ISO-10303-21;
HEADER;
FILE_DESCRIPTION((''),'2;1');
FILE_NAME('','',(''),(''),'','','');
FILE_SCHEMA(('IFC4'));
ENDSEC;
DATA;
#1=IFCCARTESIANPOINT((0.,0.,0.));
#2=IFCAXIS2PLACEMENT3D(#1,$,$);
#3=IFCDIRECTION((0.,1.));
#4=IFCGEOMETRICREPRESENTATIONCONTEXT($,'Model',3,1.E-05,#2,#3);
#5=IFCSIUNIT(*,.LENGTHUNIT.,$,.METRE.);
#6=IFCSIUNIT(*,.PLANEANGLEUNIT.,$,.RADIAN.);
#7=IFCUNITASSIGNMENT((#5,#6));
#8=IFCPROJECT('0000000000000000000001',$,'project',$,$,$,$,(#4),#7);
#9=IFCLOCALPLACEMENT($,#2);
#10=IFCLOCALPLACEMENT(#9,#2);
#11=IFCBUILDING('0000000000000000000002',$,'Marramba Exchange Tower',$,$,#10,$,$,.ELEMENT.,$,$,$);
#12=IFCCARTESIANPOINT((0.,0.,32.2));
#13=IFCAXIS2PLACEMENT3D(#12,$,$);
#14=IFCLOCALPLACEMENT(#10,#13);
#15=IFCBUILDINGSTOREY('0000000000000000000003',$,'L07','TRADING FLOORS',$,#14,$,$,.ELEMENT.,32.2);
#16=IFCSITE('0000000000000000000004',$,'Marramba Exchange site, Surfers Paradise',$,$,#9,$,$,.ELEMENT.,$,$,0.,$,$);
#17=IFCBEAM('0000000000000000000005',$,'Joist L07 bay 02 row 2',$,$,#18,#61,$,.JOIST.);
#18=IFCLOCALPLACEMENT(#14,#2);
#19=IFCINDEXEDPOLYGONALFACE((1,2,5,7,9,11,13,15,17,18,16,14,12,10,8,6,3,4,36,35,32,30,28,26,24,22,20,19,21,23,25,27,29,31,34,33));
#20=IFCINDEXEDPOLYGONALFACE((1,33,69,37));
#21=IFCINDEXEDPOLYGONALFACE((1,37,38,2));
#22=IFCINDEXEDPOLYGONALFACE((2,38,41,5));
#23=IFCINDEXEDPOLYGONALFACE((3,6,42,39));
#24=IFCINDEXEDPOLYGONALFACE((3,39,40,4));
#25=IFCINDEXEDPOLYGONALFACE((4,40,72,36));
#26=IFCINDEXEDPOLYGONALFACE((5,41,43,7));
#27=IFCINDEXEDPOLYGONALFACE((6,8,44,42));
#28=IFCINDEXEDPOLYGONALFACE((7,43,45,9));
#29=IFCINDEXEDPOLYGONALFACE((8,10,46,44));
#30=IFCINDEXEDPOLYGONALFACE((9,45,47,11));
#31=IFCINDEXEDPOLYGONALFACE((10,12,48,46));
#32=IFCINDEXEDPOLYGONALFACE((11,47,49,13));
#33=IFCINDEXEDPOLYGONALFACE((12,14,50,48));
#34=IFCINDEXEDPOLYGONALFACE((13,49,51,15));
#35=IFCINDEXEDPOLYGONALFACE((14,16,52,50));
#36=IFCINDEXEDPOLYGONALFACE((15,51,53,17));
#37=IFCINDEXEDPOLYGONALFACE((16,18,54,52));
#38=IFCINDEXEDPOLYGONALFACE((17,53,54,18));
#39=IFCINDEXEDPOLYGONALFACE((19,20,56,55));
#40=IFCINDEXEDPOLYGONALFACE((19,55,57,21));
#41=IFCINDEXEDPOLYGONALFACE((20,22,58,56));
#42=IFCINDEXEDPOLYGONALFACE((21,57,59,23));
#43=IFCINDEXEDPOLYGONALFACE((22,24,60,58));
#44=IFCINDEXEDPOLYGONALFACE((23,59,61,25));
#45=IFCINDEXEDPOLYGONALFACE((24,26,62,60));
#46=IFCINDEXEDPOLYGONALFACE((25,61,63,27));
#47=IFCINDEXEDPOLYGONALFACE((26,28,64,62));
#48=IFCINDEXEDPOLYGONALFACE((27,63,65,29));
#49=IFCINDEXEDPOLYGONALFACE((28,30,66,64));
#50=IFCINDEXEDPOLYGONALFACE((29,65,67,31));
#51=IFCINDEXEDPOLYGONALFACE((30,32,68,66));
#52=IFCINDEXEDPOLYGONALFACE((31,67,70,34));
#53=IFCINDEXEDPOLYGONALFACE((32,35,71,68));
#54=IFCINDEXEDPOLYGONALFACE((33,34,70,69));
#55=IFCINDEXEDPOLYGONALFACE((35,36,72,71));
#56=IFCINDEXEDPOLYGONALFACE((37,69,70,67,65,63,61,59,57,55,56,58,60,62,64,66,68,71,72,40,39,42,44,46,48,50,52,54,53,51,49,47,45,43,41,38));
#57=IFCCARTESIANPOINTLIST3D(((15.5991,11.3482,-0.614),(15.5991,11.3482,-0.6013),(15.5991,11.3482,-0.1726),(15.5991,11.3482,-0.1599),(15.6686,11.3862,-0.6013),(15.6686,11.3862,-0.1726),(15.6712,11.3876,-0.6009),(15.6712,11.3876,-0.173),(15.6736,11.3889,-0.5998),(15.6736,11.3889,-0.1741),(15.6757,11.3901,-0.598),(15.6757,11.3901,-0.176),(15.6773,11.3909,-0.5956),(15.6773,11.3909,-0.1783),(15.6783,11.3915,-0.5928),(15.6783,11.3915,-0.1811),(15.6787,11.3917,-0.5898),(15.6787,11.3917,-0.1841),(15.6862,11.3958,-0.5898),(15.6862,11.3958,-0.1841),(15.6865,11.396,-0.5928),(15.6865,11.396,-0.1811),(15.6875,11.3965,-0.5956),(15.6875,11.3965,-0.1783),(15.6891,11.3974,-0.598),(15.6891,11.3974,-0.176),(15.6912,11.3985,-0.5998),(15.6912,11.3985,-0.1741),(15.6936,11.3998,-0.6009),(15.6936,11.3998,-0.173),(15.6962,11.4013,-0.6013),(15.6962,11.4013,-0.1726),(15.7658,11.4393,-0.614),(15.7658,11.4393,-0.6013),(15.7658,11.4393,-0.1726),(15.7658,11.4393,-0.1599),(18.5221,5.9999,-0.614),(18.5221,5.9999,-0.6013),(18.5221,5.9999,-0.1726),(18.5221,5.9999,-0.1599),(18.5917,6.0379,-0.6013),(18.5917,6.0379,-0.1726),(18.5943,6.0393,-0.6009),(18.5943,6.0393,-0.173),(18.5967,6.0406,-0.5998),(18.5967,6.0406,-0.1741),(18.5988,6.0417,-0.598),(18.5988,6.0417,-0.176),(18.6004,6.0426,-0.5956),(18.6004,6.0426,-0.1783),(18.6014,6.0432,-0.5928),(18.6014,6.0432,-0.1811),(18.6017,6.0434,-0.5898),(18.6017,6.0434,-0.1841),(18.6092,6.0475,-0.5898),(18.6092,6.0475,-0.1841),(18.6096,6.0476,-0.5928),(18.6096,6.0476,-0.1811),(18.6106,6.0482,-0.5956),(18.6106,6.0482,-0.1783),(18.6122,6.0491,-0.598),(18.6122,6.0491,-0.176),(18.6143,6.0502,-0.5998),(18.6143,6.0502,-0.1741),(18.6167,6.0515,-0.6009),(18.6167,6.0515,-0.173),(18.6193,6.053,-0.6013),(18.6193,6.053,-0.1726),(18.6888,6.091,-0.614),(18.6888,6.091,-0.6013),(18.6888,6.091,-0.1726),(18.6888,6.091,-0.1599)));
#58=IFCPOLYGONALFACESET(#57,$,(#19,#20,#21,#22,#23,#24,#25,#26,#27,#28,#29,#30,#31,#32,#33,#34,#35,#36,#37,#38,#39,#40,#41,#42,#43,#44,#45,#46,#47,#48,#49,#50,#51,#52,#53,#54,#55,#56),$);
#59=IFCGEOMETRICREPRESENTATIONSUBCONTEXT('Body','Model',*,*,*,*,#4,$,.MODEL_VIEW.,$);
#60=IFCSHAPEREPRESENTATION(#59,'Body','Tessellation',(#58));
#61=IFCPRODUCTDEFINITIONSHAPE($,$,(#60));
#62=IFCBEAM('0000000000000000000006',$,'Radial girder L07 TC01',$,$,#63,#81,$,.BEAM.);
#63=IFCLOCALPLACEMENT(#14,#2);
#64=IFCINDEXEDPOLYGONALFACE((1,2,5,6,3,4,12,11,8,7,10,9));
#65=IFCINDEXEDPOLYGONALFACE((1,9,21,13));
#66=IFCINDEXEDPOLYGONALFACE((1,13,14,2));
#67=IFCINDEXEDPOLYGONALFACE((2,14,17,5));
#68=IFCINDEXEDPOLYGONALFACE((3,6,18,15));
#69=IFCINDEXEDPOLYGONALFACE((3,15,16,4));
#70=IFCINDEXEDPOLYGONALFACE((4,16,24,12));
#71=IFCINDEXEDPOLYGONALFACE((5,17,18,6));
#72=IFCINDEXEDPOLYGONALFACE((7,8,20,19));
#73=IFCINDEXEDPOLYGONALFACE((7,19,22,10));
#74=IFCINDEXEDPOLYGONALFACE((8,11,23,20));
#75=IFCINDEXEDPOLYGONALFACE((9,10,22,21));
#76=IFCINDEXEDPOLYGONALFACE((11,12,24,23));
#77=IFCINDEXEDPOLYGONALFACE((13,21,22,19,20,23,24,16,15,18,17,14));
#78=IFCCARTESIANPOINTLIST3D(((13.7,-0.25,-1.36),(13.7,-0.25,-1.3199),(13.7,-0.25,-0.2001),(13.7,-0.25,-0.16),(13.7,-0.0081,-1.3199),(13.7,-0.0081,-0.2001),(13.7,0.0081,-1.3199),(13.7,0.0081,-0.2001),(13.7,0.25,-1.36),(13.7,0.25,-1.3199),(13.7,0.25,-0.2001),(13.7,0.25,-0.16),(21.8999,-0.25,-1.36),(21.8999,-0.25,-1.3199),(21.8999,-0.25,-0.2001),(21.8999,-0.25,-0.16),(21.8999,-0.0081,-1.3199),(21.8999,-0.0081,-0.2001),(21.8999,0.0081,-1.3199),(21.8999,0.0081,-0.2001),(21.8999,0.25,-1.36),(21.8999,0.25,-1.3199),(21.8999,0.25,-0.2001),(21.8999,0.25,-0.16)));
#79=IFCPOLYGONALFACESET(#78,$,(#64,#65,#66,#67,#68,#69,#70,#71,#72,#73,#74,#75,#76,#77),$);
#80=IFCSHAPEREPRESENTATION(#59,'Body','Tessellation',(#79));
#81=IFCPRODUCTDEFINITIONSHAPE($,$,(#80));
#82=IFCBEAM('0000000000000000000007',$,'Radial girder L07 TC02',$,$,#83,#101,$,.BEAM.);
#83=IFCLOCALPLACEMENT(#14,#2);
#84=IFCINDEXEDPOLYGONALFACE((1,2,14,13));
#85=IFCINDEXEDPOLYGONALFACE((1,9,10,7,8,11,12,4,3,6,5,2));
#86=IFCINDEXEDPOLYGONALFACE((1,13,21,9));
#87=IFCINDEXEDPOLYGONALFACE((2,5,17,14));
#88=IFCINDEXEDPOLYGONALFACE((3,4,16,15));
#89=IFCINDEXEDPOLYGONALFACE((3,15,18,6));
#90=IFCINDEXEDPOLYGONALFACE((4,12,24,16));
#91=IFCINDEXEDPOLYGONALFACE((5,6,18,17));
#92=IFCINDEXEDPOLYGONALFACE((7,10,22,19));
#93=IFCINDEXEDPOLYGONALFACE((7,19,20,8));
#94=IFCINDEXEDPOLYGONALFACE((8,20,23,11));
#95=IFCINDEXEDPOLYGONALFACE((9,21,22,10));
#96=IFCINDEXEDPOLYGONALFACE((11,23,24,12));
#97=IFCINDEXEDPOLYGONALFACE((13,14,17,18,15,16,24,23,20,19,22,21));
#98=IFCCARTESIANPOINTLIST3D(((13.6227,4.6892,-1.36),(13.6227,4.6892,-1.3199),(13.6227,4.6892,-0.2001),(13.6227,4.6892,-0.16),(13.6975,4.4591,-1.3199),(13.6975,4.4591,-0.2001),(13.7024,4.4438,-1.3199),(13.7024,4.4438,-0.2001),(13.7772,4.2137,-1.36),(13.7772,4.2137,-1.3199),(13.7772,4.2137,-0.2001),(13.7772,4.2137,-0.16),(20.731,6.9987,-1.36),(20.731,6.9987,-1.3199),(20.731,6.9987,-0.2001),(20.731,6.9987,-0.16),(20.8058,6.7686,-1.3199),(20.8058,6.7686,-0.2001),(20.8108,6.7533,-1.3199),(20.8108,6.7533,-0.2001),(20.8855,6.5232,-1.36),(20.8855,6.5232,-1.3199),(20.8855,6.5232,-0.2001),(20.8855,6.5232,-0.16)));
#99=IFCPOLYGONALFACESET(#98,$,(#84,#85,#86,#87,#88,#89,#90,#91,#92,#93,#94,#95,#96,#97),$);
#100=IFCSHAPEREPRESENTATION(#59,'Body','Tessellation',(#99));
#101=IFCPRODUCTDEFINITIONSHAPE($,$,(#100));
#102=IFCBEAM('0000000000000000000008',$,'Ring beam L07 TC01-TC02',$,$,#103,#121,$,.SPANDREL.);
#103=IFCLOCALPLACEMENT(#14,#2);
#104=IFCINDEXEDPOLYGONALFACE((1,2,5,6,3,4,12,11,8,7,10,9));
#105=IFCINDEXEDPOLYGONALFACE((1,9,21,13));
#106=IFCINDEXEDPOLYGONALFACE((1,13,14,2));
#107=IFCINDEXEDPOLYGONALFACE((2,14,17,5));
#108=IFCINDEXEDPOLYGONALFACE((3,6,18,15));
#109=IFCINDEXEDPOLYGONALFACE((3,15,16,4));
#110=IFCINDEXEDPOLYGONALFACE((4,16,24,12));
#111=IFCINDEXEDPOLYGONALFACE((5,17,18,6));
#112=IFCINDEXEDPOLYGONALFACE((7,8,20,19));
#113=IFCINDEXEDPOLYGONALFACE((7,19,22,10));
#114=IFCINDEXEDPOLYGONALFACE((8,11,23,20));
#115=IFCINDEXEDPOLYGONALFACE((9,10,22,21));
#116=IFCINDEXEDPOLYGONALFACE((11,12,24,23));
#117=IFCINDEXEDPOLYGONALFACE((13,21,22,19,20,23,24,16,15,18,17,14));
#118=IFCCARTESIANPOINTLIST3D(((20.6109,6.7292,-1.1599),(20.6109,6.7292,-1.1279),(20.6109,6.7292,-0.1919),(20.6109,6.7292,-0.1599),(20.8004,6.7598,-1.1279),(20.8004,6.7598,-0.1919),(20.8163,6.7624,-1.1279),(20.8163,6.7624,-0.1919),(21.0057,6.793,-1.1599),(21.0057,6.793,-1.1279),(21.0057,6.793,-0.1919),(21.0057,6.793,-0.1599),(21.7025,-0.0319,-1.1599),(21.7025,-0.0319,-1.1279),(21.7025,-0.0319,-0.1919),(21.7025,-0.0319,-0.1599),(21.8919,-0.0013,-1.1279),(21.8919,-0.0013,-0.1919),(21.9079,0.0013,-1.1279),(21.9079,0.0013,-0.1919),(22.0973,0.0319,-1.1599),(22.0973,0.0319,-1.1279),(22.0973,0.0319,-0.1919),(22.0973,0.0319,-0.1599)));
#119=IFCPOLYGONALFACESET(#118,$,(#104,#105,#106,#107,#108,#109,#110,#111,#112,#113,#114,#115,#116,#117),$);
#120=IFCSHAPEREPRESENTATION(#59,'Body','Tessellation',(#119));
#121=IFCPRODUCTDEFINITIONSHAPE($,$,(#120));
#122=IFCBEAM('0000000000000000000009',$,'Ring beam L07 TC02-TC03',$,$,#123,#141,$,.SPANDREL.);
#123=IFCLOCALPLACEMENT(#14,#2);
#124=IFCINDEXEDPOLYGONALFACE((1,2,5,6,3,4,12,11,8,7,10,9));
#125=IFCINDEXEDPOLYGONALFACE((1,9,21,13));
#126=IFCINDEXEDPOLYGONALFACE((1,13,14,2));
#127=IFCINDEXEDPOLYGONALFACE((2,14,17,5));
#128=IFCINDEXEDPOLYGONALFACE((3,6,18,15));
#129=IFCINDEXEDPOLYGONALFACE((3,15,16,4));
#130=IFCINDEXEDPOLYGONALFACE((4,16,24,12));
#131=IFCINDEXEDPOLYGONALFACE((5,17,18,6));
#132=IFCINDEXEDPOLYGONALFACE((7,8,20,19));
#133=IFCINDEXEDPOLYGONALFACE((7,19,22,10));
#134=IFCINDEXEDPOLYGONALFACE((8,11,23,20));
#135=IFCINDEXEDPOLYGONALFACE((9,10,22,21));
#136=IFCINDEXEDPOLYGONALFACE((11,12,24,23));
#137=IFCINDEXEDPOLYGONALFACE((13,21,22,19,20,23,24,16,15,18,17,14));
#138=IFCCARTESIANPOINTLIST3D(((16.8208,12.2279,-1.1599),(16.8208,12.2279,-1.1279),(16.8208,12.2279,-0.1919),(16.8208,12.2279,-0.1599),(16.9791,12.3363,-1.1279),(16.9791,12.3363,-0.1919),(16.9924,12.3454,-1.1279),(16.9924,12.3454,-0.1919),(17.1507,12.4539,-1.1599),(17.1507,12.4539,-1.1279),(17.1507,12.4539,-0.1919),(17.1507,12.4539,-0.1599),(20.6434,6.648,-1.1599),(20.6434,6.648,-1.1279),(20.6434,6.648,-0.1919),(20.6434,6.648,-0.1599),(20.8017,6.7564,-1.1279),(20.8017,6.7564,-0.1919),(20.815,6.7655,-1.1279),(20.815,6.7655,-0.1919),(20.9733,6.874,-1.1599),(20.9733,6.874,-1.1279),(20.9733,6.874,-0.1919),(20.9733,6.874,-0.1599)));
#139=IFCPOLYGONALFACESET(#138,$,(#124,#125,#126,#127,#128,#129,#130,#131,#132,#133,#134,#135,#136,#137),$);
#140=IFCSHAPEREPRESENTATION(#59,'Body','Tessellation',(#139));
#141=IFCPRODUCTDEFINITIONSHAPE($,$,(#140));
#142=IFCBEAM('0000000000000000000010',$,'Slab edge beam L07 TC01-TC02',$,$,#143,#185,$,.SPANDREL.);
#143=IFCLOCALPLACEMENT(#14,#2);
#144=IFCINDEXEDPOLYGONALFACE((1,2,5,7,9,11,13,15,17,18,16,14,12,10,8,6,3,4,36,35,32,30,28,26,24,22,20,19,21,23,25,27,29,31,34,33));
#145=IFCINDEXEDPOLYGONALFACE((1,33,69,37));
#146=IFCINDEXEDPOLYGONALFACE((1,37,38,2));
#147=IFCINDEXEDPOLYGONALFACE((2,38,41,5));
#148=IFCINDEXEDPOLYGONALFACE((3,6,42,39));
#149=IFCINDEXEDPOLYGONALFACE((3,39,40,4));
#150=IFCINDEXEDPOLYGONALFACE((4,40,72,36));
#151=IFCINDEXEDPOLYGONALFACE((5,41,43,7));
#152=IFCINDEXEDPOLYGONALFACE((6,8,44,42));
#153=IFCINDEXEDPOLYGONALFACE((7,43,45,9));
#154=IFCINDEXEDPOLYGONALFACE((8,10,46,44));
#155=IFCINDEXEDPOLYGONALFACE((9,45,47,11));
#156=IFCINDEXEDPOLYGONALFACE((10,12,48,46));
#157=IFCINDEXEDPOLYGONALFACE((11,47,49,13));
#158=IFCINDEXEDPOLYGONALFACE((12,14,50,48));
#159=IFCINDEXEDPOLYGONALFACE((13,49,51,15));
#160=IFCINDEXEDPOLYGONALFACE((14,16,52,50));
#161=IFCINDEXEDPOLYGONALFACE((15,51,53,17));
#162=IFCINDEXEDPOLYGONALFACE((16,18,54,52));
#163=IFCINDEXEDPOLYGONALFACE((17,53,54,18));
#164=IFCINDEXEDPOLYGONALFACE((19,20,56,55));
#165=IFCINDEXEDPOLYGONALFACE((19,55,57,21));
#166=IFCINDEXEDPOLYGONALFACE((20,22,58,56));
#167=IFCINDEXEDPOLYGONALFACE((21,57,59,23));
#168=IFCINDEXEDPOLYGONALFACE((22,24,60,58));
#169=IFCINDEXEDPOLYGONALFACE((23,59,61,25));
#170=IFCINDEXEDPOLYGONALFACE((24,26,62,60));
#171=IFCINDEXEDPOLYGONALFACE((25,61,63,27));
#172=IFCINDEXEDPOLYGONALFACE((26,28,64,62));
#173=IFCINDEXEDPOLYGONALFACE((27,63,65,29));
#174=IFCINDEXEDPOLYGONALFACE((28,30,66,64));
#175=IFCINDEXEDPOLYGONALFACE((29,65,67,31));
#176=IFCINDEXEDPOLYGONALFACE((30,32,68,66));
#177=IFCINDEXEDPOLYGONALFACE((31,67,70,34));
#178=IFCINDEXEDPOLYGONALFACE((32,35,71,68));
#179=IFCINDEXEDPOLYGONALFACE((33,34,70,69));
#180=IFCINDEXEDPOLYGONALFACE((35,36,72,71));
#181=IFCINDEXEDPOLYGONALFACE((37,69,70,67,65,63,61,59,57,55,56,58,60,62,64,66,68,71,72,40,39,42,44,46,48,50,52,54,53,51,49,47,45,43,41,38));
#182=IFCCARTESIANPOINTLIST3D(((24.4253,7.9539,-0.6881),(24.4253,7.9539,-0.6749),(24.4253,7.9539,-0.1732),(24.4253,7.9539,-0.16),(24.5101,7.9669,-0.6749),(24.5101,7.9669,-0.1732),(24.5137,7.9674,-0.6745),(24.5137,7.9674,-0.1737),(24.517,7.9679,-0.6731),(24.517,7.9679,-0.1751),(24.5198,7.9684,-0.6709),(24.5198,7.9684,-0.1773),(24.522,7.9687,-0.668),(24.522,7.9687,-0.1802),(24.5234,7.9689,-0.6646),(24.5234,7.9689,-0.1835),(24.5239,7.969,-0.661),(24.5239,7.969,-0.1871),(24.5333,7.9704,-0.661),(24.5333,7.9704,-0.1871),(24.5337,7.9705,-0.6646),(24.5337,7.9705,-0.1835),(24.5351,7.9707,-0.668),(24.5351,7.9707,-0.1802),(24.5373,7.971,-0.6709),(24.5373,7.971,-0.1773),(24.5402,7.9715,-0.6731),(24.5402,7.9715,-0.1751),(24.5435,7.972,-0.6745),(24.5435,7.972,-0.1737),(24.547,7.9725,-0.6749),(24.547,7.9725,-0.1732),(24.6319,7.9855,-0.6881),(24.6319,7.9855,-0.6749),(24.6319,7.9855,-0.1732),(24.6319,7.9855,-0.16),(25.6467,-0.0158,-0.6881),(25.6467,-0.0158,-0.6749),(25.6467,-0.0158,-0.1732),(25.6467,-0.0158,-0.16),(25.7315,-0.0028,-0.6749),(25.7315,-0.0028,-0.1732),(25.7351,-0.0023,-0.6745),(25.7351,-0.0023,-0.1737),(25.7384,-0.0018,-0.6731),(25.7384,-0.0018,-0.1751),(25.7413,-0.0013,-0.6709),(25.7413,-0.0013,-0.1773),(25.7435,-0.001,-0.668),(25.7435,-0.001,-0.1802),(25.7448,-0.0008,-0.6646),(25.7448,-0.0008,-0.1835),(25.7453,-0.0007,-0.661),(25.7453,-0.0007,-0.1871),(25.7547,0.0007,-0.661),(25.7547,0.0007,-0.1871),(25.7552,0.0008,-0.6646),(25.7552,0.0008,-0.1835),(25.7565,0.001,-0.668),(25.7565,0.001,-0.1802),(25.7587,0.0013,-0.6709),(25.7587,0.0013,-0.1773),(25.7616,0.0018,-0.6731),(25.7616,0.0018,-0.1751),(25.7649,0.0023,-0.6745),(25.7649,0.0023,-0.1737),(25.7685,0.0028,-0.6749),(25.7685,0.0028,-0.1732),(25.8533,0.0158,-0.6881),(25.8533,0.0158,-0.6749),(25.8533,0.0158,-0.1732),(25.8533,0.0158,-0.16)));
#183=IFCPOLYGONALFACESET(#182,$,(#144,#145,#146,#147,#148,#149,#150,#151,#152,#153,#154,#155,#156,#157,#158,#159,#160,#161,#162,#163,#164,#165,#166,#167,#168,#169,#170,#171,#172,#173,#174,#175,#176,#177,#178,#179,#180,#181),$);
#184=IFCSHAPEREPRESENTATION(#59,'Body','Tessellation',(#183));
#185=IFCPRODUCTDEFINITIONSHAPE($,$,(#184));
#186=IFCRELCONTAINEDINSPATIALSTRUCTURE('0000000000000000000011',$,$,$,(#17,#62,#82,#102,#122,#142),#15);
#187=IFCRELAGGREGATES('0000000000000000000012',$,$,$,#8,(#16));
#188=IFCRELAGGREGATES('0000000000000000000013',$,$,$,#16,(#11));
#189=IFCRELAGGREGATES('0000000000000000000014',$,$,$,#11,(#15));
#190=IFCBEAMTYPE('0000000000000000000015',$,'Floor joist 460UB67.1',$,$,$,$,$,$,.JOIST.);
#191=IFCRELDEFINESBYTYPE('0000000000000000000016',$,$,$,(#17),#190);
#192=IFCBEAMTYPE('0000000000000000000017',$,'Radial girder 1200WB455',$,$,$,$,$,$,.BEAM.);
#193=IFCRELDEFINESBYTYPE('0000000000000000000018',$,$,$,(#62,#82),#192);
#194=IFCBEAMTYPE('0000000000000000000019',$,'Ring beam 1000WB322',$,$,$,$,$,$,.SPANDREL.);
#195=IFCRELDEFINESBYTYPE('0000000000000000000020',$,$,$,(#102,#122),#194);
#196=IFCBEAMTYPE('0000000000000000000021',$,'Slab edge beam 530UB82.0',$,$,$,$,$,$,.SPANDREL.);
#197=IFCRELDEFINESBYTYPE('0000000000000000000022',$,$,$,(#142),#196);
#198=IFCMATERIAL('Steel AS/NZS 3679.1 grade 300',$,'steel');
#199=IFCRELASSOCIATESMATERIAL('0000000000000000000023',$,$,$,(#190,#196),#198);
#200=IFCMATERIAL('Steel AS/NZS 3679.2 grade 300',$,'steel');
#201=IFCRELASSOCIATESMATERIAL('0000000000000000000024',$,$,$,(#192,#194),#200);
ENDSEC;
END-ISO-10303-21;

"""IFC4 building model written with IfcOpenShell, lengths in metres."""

from ifc_helpers import new_model, si_unit, direction, frame, origin, origin_2d, place, context, subcontext, project, spatial, i_section, extrude, material, material_profile, profile_set, type_object, element, save


model = new_model("IFC4")

# Units and contexts
model_context = context("Model", 3, precision=1e-05, world=origin(), true_north=direction((0.0, 1.0)))
body_context = subcontext(model_context, "Body", "Model", "MODEL_VIEW")
ifc_project = project(units=[si_unit("LENGTHUNIT", "METRE"), si_unit("PLANEANGLEUNIT", "RADIAN")], contexts=[model_context])

# Site, building, storey
site_placement = place(None, origin())
site = spatial("IfcSite", under=ifc_project, at=site_placement, Name="Marramba Exchange site, Surfers Paradise", CompositionType="ELEMENT", RefElevation=0.0)
building_placement = place(site_placement, origin())
building = spatial("IfcBuilding", under=site, at=building_placement, Name="Marramba Exchange Tower", CompositionType="ELEMENT")
storey_placement = place(building_placement, frame((0.0, 0.0, 32.2)))
storey = spatial("IfcBuildingStorey", under=building, at=storey_placement, Name="L07", Description="TRADING FLOORS", CompositionType="ELEMENT", Elevation=32.2)

# Beams
ifc_material_1 = material(Name="Steel AS/NZS 3679.2 grade 300", Category="steel")
ifc_material_2 = material(Name="Steel AS/NZS 3679.1 grade 300", Category="steel")
ifc_material_profile_1 = material_profile(ifc_material_2, i_section(OverallWidth=0.1899, OverallDepth=0.4541, WebThickness=0.0085, FlangeThickness=0.0127, FilletRadius=0.0115, at=origin_2d()), Name="460UB67.1")
ifc_profile_set_1 = profile_set([ifc_material_profile_1], Name="Steel AS/NZS 3679.1 grade 300")
beam_type_1 = type_object("IfcBeamType", Name="Floor joist 460UB67.1", PredefinedType="JOIST", material=ifc_profile_set_1)
beam_1_placement = place(storey_placement, frame((18.6055, 6.0454, -0.387), z_axis=(-0.479584, 0.877496, 0.0), x_axis=(-0.877496, -0.479584, 0.0)))
element("IfcBeam", 1, at=beam_1_placement, inside=storey, type_object=beam_type_1, Name="Joist L07 bay 02 row 2", PredefinedType="JOIST", context=body_context, shape_type="SweptSolid", body=[
    extrude(i_section(OverallWidth=0.1899, OverallDepth=0.4541, WebThickness=0.0085, FlangeThickness=0.0127, FilletRadius=0.0115, at=origin_2d()), origin(), (0.0, 0.0, 1.0), 6.095),
])
ifc_material_profile_2 = material_profile(ifc_material_1, i_section(OverallWidth=0.5, OverallDepth=1.2, WebThickness=0.0161, FlangeThickness=0.04, at=origin_2d()), Name="1200WB455")
ifc_profile_set_2 = profile_set([ifc_material_profile_2], Name="Steel AS/NZS 3679.2 grade 300")
beam_type_2 = type_object("IfcBeamType", Name="Radial girder 1200WB455", PredefinedType="BEAM", material=ifc_profile_set_2)
beam_2_placement = place(storey_placement, frame((13.7, 0.0, -0.76), z_axis=(1.0, 0.0, 0.0), x_axis=(0.0, 1.0, 0.0)))
element("IfcBeam", 2, at=beam_2_placement, inside=storey, type_object=beam_type_2, Name="Radial girder L07 TC01", PredefinedType="BEAM", context=body_context, shape_type="SweptSolid", body=[
    extrude(i_section(OverallWidth=0.5, OverallDepth=1.2, WebThickness=0.0161, FlangeThickness=0.04, at=origin_2d()), origin(), (0.0, 0.0, 1.0), 8.2),
])
beam_3_placement = place(storey_placement, frame((13.7, 4.4514, -0.76), z_axis=(0.95106, 0.309006, 0.0), x_axis=(-0.309006, 0.95106, 0.0)))
element("IfcBeam", 3, at=beam_3_placement, inside=storey, type_object=beam_type_2, Name="Radial girder L07 TC02", PredefinedType="BEAM", context=body_context, shape_type="SweptSolid", body=[
    extrude(i_section(OverallWidth=0.5, OverallDepth=1.2, WebThickness=0.0161, FlangeThickness=0.04, at=origin_2d()), origin(), (0.0, 0.0, 1.0), 7.4741),
])
ifc_material_profile_3 = material_profile(ifc_material_1, i_section(OverallWidth=0.3999, OverallDepth=1.0, WebThickness=0.0161, FlangeThickness=0.032, at=origin_2d()), Name="1000WB322")
ifc_profile_set_3 = profile_set([ifc_material_profile_3], Name="Steel AS/NZS 3679.2 grade 300")
beam_type_3 = type_object("IfcBeamType", Name="Ring beam 1000WB322", PredefinedType="SPANDREL", material=ifc_profile_set_3)
beam_4_placement = place(storey_placement, frame((21.8999, 0.0, -0.6599), z_axis=(-0.159385, 0.987217, 0.0), x_axis=(-0.987217, -0.159385, 0.0)))
element("IfcBeam", 4, at=beam_4_placement, inside=storey, type_object=beam_type_3, Name="Ring beam L07 TC01-TC02", PredefinedType="SPANDREL", context=body_context, shape_type="SweptSolid", body=[
    extrude(i_section(OverallWidth=0.3999, OverallDepth=1.0, WebThickness=0.0161, FlangeThickness=0.032, at=origin_2d()), origin(), (0.0, 0.0, 1.0), 6.8486),
])
beam_5_placement = place(storey_placement, frame((20.8083, 6.761, -0.6599), z_axis=(-0.56516, 0.824981, 0.0), x_axis=(-0.824981, -0.56516, 0.0)))
element("IfcBeam", 5, at=beam_5_placement, inside=storey, type_object=beam_type_3, Name="Ring beam L07 TC02-TC03", PredefinedType="SPANDREL", context=body_context, shape_type="SweptSolid", body=[
    extrude(i_section(OverallWidth=0.3999, OverallDepth=1.0, WebThickness=0.0161, FlangeThickness=0.032, at=origin_2d()), origin(), (0.0, 0.0, 1.0), 6.7637),
])
ifc_material_profile_4 = material_profile(ifc_material_2, i_section(OverallWidth=0.209, OverallDepth=0.5281, WebThickness=0.0095, FlangeThickness=0.0132, FilletRadius=0.0139, at=origin_2d()), Name="530UB82.0")
ifc_profile_set_4 = profile_set([ifc_material_profile_4], Name="Steel AS/NZS 3679.1 grade 300")
beam_type_4 = type_object("IfcBeamType", Name="Slab edge beam 530UB82.0", PredefinedType="SPANDREL", material=ifc_profile_set_4)
beam_6_placement = place(storey_placement, frame((25.75, 0.0, -0.4241), z_axis=(-0.151491, 0.988459, 0.0), x_axis=(-0.988459, -0.151491, 0.0)))
element("IfcBeam", 6, at=beam_6_placement, inside=storey, type_object=beam_type_4, Name="Slab edge beam L07 TC01-TC02", PredefinedType="SPANDREL", context=body_context, shape_type="SweptSolid", body=[
    extrude(i_section(OverallWidth=0.209, OverallDepth=0.5281, WebThickness=0.0095, FlangeThickness=0.0132, FilletRadius=0.0139, at=origin_2d()), origin(), (0.0, 0.0, 1.0), 8.0627),
])

save(model, "model.ifc")
